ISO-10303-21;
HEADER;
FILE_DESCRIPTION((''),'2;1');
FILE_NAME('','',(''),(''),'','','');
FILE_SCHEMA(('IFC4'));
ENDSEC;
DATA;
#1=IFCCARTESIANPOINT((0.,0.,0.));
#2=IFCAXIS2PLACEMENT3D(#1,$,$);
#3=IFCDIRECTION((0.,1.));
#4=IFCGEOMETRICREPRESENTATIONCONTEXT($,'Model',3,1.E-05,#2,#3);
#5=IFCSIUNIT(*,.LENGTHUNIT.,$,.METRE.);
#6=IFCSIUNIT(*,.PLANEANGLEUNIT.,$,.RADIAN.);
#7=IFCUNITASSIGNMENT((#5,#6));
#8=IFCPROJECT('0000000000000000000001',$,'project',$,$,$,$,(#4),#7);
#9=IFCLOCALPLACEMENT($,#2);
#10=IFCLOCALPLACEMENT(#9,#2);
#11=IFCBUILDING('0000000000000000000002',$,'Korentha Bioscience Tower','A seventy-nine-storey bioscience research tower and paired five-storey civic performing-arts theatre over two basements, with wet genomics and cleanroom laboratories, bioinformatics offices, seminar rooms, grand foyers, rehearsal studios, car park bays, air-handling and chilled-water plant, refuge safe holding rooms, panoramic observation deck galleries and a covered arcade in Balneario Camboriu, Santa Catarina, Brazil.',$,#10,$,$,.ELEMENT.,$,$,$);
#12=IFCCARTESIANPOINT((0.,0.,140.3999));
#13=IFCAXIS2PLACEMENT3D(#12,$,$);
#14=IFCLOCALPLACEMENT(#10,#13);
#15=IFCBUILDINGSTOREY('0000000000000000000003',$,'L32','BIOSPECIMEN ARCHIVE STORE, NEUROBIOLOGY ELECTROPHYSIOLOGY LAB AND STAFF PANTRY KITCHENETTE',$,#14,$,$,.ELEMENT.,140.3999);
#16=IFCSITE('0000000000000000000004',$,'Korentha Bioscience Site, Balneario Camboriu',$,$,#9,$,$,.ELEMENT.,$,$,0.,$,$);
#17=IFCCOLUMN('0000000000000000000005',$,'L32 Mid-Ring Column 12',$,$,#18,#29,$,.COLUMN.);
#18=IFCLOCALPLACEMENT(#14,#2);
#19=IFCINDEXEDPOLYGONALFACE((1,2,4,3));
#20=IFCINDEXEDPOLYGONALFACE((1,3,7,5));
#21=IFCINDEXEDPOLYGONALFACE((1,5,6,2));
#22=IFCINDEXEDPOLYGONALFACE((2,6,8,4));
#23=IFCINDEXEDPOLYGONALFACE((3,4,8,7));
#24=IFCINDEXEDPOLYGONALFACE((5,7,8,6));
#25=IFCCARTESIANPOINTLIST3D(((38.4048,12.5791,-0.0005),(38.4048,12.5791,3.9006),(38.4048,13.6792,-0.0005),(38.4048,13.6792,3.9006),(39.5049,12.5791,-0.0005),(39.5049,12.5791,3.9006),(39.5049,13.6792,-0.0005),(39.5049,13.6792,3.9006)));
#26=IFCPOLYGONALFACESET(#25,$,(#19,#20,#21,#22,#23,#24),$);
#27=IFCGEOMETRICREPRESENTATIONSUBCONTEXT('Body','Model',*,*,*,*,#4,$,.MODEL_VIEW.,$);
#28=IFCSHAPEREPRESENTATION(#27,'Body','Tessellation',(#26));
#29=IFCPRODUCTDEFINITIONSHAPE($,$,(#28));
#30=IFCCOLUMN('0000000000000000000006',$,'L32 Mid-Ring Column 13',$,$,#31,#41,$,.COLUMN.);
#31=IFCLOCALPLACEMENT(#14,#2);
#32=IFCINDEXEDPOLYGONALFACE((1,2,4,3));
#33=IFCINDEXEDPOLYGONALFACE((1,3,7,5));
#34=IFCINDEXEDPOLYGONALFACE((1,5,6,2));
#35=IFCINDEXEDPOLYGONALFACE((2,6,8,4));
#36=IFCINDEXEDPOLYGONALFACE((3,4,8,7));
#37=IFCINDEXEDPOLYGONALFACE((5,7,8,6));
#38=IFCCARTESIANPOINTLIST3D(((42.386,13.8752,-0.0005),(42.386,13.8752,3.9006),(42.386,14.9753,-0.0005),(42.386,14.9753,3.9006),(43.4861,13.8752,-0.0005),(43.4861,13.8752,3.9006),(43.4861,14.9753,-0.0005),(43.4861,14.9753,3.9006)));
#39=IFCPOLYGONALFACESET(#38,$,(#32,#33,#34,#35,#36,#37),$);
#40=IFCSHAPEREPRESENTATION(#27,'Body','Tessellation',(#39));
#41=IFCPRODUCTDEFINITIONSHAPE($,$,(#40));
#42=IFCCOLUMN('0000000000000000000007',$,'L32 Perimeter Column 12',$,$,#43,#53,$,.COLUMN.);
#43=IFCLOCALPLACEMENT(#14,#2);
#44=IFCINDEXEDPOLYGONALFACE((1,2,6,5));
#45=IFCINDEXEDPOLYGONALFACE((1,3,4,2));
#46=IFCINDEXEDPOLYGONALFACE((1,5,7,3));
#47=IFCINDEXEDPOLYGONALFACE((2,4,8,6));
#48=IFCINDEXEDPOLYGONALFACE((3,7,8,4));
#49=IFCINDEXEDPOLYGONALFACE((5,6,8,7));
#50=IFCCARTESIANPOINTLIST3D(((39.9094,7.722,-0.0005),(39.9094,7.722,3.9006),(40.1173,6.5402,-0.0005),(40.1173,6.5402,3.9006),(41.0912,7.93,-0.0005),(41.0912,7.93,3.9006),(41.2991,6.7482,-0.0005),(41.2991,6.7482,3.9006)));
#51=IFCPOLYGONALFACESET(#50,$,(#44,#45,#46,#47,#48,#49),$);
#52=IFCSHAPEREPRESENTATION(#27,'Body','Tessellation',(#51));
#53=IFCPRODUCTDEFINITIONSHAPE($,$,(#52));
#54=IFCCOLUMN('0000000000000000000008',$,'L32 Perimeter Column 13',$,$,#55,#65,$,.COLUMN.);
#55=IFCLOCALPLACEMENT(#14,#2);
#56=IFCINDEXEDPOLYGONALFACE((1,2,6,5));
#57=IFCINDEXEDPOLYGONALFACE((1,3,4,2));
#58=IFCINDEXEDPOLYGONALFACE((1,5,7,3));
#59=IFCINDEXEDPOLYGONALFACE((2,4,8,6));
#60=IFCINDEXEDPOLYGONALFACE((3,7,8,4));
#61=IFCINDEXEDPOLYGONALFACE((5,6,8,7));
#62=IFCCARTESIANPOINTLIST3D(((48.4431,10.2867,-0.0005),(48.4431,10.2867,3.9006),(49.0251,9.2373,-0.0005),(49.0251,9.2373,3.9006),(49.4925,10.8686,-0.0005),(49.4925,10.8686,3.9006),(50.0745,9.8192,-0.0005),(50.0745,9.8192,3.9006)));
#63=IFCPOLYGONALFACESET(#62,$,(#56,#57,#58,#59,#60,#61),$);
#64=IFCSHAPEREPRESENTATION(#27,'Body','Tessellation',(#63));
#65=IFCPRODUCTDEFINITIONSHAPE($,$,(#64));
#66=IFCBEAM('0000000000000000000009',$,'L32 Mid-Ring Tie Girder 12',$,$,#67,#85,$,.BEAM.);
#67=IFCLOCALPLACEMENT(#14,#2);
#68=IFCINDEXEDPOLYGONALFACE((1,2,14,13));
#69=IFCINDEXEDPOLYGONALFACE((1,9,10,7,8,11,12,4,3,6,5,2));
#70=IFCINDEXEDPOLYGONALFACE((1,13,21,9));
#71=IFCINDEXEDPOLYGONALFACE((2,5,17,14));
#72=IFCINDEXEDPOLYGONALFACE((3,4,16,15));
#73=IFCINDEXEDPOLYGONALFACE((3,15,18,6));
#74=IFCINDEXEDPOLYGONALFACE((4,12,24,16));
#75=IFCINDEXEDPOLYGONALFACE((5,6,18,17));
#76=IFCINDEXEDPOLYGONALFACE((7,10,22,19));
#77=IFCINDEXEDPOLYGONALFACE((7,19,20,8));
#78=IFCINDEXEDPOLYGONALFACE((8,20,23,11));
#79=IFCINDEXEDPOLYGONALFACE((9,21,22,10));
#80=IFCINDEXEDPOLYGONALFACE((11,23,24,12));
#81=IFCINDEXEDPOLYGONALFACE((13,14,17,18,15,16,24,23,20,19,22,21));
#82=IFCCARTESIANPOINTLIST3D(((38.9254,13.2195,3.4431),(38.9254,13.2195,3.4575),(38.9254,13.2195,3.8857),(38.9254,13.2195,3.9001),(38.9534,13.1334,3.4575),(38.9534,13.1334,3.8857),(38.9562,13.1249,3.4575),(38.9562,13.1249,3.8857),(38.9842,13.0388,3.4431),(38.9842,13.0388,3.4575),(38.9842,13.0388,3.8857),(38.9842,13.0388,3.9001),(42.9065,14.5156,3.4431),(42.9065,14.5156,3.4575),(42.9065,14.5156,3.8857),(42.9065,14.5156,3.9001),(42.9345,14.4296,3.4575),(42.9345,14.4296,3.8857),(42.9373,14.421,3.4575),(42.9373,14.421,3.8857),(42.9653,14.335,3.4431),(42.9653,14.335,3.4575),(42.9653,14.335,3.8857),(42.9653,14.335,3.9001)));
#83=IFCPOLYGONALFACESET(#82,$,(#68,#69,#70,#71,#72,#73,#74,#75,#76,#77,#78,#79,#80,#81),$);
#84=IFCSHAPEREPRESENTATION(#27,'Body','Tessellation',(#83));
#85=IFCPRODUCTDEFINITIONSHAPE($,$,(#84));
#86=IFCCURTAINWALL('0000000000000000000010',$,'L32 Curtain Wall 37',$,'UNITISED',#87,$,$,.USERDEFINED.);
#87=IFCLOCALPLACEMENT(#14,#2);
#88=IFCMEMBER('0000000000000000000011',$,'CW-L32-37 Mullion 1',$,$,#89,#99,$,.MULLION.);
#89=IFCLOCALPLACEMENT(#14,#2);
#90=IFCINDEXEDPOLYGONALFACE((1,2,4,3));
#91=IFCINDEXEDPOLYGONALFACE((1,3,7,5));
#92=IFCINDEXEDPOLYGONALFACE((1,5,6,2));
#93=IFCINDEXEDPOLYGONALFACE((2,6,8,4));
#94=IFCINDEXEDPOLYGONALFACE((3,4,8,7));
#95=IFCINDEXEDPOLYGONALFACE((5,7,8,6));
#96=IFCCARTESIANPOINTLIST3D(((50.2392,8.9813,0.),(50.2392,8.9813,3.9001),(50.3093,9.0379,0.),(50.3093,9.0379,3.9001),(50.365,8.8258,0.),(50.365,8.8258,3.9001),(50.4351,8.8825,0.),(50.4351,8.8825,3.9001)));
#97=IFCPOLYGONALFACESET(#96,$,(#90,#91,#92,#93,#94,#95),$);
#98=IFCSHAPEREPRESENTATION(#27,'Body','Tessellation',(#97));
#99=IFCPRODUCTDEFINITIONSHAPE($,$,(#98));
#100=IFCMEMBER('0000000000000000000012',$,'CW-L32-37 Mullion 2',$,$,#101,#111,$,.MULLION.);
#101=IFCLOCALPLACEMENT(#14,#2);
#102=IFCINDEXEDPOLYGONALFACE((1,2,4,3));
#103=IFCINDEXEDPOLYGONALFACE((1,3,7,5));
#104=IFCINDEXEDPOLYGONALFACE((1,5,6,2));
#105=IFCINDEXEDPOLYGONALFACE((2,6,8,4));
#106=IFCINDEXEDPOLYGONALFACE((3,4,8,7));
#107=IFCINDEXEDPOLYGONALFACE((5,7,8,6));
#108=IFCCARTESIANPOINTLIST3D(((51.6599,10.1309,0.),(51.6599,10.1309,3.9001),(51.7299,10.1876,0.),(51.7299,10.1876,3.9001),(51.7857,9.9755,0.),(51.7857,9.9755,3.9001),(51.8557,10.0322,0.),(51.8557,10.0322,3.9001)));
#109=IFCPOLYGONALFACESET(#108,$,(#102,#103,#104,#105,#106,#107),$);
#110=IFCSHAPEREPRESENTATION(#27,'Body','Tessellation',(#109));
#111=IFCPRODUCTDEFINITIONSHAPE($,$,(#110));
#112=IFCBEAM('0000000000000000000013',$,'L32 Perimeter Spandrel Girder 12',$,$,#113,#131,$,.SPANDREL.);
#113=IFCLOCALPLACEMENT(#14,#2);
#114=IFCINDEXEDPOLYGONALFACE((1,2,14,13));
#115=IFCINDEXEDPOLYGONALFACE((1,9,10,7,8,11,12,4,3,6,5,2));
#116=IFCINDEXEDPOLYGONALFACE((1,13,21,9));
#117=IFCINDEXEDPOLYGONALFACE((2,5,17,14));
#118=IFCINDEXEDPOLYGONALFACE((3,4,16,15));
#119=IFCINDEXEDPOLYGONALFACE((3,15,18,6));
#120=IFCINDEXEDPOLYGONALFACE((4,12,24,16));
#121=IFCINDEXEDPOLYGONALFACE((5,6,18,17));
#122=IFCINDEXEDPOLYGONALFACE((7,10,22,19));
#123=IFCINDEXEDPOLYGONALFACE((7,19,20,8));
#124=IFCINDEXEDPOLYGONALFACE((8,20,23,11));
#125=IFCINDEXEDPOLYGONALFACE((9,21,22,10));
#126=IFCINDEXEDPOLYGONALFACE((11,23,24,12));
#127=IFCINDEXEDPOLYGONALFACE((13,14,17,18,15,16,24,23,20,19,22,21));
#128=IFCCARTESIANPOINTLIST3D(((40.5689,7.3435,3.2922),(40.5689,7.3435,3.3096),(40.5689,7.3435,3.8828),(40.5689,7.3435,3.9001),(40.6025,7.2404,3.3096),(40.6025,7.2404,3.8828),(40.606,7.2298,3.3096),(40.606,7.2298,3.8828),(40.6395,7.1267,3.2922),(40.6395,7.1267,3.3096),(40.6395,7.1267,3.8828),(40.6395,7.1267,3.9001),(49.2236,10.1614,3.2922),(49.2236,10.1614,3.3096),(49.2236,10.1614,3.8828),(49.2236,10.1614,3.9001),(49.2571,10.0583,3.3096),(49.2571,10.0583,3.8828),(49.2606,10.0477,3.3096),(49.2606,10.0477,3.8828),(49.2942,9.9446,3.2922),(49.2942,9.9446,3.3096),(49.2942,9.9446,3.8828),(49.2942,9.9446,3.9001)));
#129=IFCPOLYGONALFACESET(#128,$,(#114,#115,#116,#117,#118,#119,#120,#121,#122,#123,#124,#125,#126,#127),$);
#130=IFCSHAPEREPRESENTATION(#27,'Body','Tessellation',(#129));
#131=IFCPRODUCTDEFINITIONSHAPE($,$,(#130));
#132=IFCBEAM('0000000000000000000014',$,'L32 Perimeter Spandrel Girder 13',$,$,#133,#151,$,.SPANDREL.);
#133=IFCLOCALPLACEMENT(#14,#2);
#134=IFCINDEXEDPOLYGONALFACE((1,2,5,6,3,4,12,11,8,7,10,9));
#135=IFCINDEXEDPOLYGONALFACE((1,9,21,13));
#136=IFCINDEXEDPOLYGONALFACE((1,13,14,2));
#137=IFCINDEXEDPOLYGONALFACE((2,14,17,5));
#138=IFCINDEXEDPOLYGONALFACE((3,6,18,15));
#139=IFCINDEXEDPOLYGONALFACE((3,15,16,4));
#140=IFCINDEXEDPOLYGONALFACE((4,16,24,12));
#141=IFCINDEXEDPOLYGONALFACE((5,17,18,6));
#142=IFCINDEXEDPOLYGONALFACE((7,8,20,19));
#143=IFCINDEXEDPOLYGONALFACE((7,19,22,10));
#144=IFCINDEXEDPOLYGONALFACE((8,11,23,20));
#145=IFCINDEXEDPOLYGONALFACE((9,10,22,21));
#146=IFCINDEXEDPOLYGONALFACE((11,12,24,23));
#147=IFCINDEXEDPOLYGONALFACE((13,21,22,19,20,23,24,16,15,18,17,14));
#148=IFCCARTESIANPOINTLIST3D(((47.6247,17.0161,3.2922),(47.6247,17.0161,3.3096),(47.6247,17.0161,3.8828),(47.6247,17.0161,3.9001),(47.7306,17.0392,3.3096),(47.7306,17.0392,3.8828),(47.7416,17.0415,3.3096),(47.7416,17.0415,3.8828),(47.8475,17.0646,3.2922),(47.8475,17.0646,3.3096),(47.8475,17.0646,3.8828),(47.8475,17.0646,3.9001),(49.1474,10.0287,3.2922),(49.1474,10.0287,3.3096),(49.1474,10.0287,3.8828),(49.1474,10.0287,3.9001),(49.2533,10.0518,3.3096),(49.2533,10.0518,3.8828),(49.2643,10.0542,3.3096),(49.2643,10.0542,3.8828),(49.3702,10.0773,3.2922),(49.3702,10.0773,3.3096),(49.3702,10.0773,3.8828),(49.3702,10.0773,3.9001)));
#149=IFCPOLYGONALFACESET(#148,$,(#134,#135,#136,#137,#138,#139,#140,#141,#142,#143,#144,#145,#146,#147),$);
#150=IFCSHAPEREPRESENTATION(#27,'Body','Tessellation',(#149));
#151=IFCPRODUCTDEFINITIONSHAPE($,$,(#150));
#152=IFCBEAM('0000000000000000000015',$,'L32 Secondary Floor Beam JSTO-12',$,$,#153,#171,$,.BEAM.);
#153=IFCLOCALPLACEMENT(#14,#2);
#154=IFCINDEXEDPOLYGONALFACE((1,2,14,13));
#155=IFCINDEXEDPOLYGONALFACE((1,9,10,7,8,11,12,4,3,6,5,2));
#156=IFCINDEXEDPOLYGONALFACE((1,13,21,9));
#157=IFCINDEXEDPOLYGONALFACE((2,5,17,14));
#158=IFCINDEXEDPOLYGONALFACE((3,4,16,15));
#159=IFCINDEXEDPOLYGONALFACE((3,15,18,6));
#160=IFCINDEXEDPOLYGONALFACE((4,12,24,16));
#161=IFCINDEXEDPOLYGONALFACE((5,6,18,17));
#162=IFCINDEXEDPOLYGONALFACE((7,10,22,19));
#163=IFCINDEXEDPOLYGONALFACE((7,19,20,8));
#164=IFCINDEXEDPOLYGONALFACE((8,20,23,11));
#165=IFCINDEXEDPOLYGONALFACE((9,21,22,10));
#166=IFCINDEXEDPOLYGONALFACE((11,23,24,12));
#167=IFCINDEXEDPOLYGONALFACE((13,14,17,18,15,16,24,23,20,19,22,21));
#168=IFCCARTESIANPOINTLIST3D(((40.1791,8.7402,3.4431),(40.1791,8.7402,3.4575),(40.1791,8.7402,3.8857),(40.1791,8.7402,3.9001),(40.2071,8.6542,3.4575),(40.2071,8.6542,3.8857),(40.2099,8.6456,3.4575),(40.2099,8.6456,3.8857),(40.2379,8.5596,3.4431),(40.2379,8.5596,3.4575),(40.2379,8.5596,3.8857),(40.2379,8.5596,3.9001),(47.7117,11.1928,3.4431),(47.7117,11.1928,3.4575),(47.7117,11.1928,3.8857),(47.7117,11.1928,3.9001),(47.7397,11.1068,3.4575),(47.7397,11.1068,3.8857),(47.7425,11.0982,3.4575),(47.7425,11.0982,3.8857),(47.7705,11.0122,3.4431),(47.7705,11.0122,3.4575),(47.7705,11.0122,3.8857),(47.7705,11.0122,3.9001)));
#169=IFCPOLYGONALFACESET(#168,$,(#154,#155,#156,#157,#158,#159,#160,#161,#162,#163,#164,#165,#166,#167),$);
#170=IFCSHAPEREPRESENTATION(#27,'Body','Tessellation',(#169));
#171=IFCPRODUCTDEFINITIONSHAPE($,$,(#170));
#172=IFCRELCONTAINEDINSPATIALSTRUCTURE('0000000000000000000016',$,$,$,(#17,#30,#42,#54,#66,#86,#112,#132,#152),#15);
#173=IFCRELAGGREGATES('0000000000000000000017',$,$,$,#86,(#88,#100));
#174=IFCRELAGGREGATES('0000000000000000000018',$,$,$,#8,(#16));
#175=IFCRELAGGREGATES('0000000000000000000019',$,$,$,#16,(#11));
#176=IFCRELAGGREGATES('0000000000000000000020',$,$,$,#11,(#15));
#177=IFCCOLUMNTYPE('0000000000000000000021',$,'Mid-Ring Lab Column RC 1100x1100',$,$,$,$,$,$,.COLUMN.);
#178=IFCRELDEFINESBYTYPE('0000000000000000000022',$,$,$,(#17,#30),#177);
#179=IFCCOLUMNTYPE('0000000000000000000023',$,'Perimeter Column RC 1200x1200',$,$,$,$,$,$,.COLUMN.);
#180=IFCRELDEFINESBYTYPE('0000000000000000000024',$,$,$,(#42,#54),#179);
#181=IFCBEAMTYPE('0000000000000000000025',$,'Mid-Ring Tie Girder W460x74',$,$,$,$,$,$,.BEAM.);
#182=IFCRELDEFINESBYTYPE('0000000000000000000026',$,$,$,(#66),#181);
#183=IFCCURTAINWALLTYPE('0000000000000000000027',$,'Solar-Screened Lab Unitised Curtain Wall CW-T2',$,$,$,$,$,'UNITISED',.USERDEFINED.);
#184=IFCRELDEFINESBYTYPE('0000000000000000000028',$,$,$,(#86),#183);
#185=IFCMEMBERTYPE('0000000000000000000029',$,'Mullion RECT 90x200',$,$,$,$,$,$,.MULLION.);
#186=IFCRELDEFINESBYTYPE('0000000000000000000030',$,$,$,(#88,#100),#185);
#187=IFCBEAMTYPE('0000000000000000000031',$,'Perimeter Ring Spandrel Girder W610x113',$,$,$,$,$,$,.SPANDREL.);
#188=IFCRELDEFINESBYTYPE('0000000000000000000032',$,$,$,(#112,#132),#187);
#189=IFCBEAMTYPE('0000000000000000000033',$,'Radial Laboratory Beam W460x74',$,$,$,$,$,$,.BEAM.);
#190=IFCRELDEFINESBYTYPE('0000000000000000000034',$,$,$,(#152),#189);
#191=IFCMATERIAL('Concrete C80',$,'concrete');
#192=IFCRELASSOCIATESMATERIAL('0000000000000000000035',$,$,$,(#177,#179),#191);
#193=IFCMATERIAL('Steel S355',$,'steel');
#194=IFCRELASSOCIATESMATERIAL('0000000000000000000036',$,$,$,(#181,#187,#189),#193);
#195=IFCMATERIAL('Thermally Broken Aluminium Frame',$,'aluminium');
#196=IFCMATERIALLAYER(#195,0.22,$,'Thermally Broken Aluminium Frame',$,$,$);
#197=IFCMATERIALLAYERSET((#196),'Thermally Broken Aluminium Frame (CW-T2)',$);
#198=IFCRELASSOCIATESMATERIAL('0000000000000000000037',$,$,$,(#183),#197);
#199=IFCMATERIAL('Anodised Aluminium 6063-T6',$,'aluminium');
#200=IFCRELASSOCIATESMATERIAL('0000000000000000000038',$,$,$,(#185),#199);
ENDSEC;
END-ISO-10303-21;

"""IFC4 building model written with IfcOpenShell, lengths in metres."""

from ifc_helpers import new_model, si_unit, direction, frame, origin, origin_2d, place, context, subcontext, project, spatial, rectangle, i_section, extrude, material, layer, layer_set, material_profile, profile_set, type_object, element, aggregate, save


model = new_model("IFC4")

# Units and contexts
model_context = context("Model", 3, precision=1e-05, world=origin(), true_north=direction((0.0, 1.0)))
body_context = subcontext(model_context, "Body", "Model", "MODEL_VIEW")
ifc_project = project(units=[si_unit("LENGTHUNIT", "METRE"), si_unit("PLANEANGLEUNIT", "RADIAN")], contexts=[model_context])

# Site, building, storey
site_placement = place(None, origin())
site = spatial("IfcSite", under=ifc_project, at=site_placement, Name="Korentha Bioscience Site, Balneario Camboriu", CompositionType="ELEMENT", RefElevation=0.0)
building_placement = place(site_placement, origin())
building = spatial("IfcBuilding", under=site, at=building_placement, Name="Korentha Bioscience Tower", Description="A seventy-nine-storey bioscience research tower and paired five-storey civic performing-arts theatre over two basements, with wet genomics and cleanroom laboratories, bioinformatics offices, seminar rooms, grand foyers, rehearsal studios, car park bays, air-handling and chilled-water plant, refuge safe holding rooms, panoramic observation deck galleries and a covered arcade in Balneario Camboriu, Santa Catarina, Brazil.", CompositionType="ELEMENT")
storey_placement = place(building_placement, frame((0.0, 0.0, 140.3999)))
storey = spatial("IfcBuildingStorey", under=building, at=storey_placement, Name="L32", Description="BIOSPECIMEN ARCHIVE STORE, NEUROBIOLOGY ELECTROPHYSIOLOGY LAB AND STAFF PANTRY KITCHENETTE", CompositionType="ELEMENT", Elevation=140.3999)

# Columns
ifc_material_1 = material(Name="Concrete C80", Category="concrete")
ifc_material_profile_1 = material_profile(ifc_material_1, rectangle(XDim=1.1001, YDim=1.1001, at=origin_2d()), Name="Concrete C80")
ifc_profile_set_1 = profile_set([ifc_material_profile_1], Name="Concrete C80 (COL-MR11)")
column_type_1 = type_object("IfcColumnType", Name="Mid-Ring Lab Column RC 1100x1100", PredefinedType="COLUMN", material=ifc_profile_set_1)
for number, where, z_axis, x_axis, name in (
    (1, (38.9548, 13.1292, -0.0005), (0.0, 0.0, 1.0), (1.0, 0.0, 0.0), "L32 Mid-Ring Column 12"),
    (2, (42.936, 14.4253, -0.0005), (0.0, 0.0, 1.0), (1.0, 0.0, 0.0), "L32 Mid-Ring Column 13"),
):
    element("IfcColumn", number, at=place(storey_placement, frame(where, z_axis=z_axis, x_axis=x_axis)), inside=storey, type_object=column_type_1, Name=name, PredefinedType="COLUMN", context=body_context, shape_type="SweptSolid", body=[
        extrude(rectangle(XDim=1.1001, YDim=1.1001, at=origin_2d()), origin(), (0.0, 0.0, 1.0), 3.9011),
    ])
ifc_material_profile_2 = material_profile(ifc_material_1, rectangle(XDim=1.2, YDim=1.2, at=origin_2d()), Name="Concrete C80")
ifc_profile_set_2 = profile_set([ifc_material_profile_2], Name="Concrete C80 (COL-P12)")
column_type_2 = type_object("IfcColumnType", Name="Perimeter Column RC 1200x1200", PredefinedType="COLUMN", material=ifc_profile_set_2)
for number, where, z_axis, x_axis, name in (
    (3, (40.6042, 7.2351, -0.0005), (0.0, 0.0, 1.0), (0.984868, 0.173304, 0.0), "L32 Perimeter Column 12"),
    (4, (49.2588, 10.053, -0.0005), (0.0, 0.0, 1.0), (0.874535, 0.484962, 0.0), "L32 Perimeter Column 13"),
):
    element("IfcColumn", number, at=place(storey_placement, frame(where, z_axis=z_axis, x_axis=x_axis)), inside=storey, type_object=column_type_2, Name=name, PredefinedType="COLUMN", context=body_context, shape_type="SweptSolid", body=[
        extrude(rectangle(XDim=1.2, YDim=1.2, at=origin_2d()), origin(), (0.0, 0.0, 1.0), 3.9011),
    ])

# Beam
ifc_material_2 = material(Name="Steel S355", Category="steel")
ifc_material_profile_3 = material_profile(ifc_material_2, i_section(OverallWidth=0.1899, OverallDepth=0.457, WebThickness=0.009, FlangeThickness=0.0144, at=origin_2d()), Name="Steel S355")
ifc_profile_set_3 = profile_set([ifc_material_profile_3], Name="Steel S355 (MB-460)")
beam_type_1 = type_object("IfcBeamType", Name="Mid-Ring Tie Girder W460x74", PredefinedType="BEAM", material=ifc_profile_set_3)
beam_1_placement = place(storey_placement, frame((38.9548, 13.1292, 3.6716), z_axis=(0.950876, 0.309573, 0.0), x_axis=(-0.309573, 0.950876, 0.0)))
element("IfcBeam", 5, at=beam_1_placement, inside=storey, type_object=beam_type_1, Name="L32 Mid-Ring Tie Girder 12", PredefinedType="BEAM", context=body_context, shape_type="SweptSolid", body=[
    extrude(i_section(OverallWidth=0.1899, OverallDepth=0.457, WebThickness=0.009, FlangeThickness=0.0144, at=origin_2d()), origin(), (0.0, 0.0, 1.0), 4.1868),
])

# Curtain wall, members
ifc_material_3 = material(Name="Thermally Broken Aluminium Frame", Category="aluminium")
ifc_layer_1 = layer(ifc_material_3, 0.22, Name="Thermally Broken Aluminium Frame")
ifc_layer_set_1 = layer_set([ifc_layer_1], Name="Thermally Broken Aluminium Frame (CW-T2)")
curtain_wall_type = type_object("IfcCurtainWallType", Name="Solar-Screened Lab Unitised Curtain Wall CW-T2", ElementType="UNITISED", PredefinedType="USERDEFINED", material=ifc_layer_set_1)
curtain_wall_placement = place(storey_placement, origin())
curtain_wall = element("IfcCurtainWall", 6, at=curtain_wall_placement, inside=storey, type_object=curtain_wall_type, Name="L32 Curtain Wall 37", ObjectType="UNITISED", PredefinedType="USERDEFINED")
ifc_material_4 = material(Name="Anodised Aluminium 6063-T6", Category="aluminium")
ifc_material_profile_4 = material_profile(ifc_material_4, rectangle(XDim=0.0901, YDim=0.2, at=origin_2d()), Name="Anodised Aluminium 6063-T6")
ifc_profile_set_4 = profile_set([ifc_material_profile_4], Name="Anodised Aluminium 6063-T6 (CW-MUL)")
member_type_1 = type_object("IfcMemberType", Name="Mullion RECT 90x200", PredefinedType="MULLION", material=ifc_profile_set_4)
member_1_placement = place(storey_placement, frame((50.3372, 8.9319, 0.0), z_axis=(0.0, 0.0, 1.0), x_axis=(0.777315, 0.629111, 0.0)))
member_1 = element("IfcMember", 7, at=member_1_placement, type_object=member_type_1, Name="CW-L32-37 Mullion 1", PredefinedType="MULLION", context=body_context, shape_type="SweptSolid", body=[
    extrude(rectangle(XDim=0.0901, YDim=0.2, at=origin_2d()), origin(), (0.0, 0.0, 1.0), 3.9001),
])
member_2_placement = place(storey_placement, frame((51.7578, 10.0815, 0.0), z_axis=(0.0, 0.0, 1.0), x_axis=(0.777315, 0.629111, 0.0)))
member_2 = element("IfcMember", 8, at=member_2_placement, type_object=member_type_1, Name="CW-L32-37 Mullion 2", PredefinedType="MULLION", context=body_context, shape_type="SweptSolid", body=[
    extrude(rectangle(XDim=0.0901, YDim=0.2, at=origin_2d()), origin(), (0.0, 0.0, 1.0), 3.9001),
])

# Beams
ifc_material_profile_5 = material_profile(ifc_material_2, i_section(OverallWidth=0.228, OverallDepth=0.6079, WebThickness=0.0112, FlangeThickness=0.0173, at=origin_2d()), Name="Steel S355")
ifc_profile_set_5 = profile_set([ifc_material_profile_5], Name="Steel S355 (SB-610)")
beam_type_2 = type_object("IfcBeamType", Name="Perimeter Ring Spandrel Girder W610x113", PredefinedType="SPANDREL", material=ifc_profile_set_5)
beam_2_placement = place(storey_placement, frame((40.6042, 7.2351, 3.5962), z_axis=(0.950868, 0.309597, 0.0), x_axis=(-0.309597, 0.950868, 0.0)))
element("IfcBeam", 9, at=beam_2_placement, inside=storey, type_object=beam_type_2, Name="L32 Perimeter Spandrel Girder 12", PredefinedType="SPANDREL", context=body_context, shape_type="SweptSolid", body=[
    extrude(i_section(OverallWidth=0.228, OverallDepth=0.6079, WebThickness=0.0112, FlangeThickness=0.0173, at=origin_2d()), origin(), (0.0, 0.0, 1.0), 9.1018),
])
beam_3_placement = place(storey_placement, frame((49.2588, 10.053, 3.5962), z_axis=(-0.212927, 0.977068, 0.0), x_axis=(-0.977068, -0.212927, 0.0)))
element("IfcBeam", 10, at=beam_3_placement, inside=storey, type_object=beam_type_2, Name="L32 Perimeter Spandrel Girder 13", PredefinedType="SPANDREL", context=body_context, shape_type="SweptSolid", body=[
    extrude(i_section(OverallWidth=0.228, OverallDepth=0.6079, WebThickness=0.0112, FlangeThickness=0.0173, at=origin_2d()), origin(), (0.0, 0.0, 1.0), 7.1514),
])
ifc_material_profile_6 = material_profile(ifc_material_2, i_section(OverallWidth=0.1899, OverallDepth=0.457, WebThickness=0.009, FlangeThickness=0.0144, at=origin_2d()), Name="Steel S355")
ifc_profile_set_6 = profile_set([ifc_material_profile_6], Name="Steel S355 (RB-460)")
beam_type_3 = type_object("IfcBeamType", Name="Radial Laboratory Beam W460x74", PredefinedType="BEAM", material=ifc_profile_set_6)
beam_4_placement = place(storey_placement, frame((40.2085, 8.6499, 3.6716), z_axis=(0.950867, 0.3096, 0.0), x_axis=(-0.3096, 0.950867, 0.0)))
element("IfcBeam", 11, at=beam_4_placement, inside=storey, type_object=beam_type_3, Name="L32 Secondary Floor Beam JSTO-12", PredefinedType="BEAM", context=body_context, shape_type="SweptSolid", body=[
    extrude(i_section(OverallWidth=0.1899, OverallDepth=0.457, WebThickness=0.009, FlangeThickness=0.0144, at=origin_2d()), origin(), (0.0, 0.0, 1.0), 7.9219),
])

aggregate(curtain_wall, [member_1, member_2])

save(model, "model.ifc")
